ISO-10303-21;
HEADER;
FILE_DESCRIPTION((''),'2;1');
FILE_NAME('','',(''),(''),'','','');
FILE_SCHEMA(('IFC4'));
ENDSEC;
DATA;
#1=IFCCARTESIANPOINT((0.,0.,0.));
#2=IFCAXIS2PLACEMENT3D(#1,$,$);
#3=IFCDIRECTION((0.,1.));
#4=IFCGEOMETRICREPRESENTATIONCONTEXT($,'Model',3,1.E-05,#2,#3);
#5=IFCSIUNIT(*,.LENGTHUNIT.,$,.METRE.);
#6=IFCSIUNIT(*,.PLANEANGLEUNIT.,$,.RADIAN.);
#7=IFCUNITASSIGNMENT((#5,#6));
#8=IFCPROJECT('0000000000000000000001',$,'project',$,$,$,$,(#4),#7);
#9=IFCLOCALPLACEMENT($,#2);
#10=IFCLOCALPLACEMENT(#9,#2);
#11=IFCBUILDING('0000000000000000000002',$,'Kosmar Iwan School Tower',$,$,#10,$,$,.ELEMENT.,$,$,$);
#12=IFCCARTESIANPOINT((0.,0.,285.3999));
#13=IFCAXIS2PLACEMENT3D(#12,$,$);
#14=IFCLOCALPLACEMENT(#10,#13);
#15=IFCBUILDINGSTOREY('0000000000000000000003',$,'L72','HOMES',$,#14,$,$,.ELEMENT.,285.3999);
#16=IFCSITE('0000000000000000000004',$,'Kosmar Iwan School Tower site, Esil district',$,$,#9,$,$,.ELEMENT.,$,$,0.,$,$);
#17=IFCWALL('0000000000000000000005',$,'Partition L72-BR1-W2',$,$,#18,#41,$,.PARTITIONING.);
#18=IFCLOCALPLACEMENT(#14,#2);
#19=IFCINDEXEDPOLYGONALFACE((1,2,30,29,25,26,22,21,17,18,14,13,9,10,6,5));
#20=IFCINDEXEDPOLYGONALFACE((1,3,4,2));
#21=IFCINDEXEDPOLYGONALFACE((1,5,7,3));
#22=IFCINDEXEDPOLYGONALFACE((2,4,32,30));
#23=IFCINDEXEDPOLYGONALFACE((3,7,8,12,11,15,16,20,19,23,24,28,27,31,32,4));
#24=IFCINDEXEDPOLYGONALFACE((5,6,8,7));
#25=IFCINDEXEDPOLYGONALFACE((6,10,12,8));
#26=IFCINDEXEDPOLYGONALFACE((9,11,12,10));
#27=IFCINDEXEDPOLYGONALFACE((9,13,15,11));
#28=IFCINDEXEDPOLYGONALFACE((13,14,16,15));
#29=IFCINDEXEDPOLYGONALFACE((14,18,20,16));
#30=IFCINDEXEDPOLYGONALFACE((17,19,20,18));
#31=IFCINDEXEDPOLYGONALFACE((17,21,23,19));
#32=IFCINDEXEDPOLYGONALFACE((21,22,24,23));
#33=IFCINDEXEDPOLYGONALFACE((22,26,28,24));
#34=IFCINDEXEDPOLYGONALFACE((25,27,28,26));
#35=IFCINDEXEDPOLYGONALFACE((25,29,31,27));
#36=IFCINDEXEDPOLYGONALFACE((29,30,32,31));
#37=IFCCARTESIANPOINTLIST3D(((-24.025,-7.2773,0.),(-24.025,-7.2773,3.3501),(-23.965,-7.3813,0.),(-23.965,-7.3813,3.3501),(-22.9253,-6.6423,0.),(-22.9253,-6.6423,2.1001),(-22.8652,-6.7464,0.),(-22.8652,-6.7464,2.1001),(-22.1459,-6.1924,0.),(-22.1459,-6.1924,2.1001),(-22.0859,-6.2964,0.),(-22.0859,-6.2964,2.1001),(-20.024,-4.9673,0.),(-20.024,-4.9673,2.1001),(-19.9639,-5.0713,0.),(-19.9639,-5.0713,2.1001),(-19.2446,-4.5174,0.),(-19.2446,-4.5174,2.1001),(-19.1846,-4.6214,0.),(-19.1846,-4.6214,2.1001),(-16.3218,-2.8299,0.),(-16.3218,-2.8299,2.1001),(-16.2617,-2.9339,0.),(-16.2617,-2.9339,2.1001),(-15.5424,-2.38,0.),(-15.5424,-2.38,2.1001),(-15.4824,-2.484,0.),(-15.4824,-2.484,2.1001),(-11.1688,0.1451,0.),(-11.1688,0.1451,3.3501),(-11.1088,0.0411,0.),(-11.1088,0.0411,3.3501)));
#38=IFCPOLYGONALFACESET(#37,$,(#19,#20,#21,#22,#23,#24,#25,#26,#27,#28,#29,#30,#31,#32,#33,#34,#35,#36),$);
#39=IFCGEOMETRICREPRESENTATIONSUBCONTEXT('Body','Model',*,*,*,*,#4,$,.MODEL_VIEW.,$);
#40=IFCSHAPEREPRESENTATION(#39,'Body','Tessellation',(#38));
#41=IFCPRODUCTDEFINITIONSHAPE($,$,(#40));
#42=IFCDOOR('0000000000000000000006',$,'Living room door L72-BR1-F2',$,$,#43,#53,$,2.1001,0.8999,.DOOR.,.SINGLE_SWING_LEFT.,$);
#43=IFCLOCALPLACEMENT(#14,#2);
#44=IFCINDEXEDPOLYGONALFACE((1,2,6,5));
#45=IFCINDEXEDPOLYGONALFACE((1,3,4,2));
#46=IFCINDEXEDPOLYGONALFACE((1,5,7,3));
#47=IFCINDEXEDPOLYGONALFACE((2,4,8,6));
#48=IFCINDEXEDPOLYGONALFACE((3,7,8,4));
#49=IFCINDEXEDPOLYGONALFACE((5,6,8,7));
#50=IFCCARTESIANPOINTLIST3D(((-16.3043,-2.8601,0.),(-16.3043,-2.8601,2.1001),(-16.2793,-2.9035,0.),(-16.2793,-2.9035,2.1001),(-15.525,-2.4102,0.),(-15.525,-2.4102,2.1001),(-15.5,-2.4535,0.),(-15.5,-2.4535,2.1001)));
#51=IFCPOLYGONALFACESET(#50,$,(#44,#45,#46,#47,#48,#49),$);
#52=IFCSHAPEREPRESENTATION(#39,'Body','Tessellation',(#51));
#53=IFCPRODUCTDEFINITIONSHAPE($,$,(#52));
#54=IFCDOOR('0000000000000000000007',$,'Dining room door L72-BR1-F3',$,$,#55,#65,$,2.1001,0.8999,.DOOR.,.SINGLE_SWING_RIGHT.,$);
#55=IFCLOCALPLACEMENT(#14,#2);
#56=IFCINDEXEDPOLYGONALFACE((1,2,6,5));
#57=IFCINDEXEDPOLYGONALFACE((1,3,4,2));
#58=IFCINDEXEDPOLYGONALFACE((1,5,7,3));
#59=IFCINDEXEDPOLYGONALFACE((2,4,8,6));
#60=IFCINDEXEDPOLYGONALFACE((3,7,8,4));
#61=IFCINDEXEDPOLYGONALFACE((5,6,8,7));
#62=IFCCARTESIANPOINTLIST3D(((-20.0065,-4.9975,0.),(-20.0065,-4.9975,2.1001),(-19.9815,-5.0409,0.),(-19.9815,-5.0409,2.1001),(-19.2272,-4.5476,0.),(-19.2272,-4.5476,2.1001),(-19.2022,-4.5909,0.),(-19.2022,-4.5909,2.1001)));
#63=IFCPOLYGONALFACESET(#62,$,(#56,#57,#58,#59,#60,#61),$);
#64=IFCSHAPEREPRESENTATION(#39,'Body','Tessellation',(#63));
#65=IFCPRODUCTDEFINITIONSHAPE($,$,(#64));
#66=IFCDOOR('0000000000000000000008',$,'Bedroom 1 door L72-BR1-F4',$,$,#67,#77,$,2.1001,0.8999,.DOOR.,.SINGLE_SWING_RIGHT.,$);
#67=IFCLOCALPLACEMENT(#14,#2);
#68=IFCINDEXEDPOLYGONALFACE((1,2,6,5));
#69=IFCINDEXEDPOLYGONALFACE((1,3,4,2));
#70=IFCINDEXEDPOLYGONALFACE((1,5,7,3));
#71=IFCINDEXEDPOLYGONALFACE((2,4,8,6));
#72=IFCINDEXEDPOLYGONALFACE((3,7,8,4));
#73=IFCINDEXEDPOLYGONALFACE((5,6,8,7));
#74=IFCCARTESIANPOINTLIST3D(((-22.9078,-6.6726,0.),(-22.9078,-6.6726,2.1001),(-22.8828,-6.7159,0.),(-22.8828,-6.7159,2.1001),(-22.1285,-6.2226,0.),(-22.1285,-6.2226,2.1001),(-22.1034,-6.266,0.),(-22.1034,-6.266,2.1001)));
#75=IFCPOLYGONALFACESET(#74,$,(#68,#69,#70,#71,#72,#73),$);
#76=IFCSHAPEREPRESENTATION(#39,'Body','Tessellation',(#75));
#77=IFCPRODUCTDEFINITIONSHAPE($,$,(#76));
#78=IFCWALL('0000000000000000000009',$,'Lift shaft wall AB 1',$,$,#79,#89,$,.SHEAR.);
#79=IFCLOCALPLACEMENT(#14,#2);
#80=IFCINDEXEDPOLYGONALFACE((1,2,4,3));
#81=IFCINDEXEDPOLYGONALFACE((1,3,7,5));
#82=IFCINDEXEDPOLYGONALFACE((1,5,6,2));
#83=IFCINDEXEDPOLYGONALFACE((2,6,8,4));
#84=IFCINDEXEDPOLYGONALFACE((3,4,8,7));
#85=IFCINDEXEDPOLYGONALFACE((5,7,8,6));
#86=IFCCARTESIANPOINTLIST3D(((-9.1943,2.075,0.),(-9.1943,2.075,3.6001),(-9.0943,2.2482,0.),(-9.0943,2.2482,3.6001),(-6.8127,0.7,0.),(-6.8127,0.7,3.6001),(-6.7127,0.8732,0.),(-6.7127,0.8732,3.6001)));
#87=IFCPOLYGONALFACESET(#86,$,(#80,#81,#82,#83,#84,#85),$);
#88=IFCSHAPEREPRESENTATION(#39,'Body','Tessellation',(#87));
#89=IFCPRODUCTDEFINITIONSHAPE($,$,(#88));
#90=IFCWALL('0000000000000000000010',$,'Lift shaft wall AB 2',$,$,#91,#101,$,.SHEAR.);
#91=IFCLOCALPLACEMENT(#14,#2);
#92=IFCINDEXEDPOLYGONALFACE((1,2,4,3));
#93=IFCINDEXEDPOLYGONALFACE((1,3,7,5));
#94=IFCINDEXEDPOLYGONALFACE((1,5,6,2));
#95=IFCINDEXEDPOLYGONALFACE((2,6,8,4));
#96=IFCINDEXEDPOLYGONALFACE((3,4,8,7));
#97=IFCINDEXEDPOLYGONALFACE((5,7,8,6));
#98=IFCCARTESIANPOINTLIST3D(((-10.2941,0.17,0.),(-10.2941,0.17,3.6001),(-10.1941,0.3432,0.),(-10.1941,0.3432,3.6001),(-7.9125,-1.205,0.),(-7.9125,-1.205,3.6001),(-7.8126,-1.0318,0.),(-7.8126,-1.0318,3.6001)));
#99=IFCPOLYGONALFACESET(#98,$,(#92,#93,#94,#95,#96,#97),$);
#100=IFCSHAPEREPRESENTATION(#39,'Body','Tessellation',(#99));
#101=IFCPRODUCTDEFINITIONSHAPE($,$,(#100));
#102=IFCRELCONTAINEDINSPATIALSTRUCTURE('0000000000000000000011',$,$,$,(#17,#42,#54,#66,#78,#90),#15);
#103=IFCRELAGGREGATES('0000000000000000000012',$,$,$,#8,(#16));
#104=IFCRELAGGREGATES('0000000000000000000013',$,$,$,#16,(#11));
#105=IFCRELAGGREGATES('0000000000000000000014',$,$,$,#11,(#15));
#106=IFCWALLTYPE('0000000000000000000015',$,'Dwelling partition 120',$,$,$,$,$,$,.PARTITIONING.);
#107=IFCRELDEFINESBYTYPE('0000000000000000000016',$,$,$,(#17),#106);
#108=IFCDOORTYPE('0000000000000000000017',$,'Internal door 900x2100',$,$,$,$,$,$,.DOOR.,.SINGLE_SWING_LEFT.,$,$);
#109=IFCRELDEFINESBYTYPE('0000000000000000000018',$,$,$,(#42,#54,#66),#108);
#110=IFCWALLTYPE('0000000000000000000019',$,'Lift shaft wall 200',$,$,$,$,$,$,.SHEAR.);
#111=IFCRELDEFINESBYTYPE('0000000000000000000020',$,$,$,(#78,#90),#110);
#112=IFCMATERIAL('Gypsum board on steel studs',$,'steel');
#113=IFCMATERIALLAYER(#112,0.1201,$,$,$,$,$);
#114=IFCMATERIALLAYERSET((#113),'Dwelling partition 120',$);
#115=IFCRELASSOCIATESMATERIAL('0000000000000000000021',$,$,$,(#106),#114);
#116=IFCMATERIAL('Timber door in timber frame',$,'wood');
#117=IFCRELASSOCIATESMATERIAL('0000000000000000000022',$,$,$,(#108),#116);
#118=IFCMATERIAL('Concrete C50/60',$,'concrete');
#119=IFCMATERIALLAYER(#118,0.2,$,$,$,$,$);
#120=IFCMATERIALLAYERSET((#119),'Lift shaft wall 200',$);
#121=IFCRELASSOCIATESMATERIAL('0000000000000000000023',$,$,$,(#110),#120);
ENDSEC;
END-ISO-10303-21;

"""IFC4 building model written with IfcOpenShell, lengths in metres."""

from ifc_helpers import new_model, si_unit, direction, frame, frame_2d, origin, place, context, subcontext, project, spatial, rectangle, extrude, material, layer, layer_set, type_object, element, fill, save


model = new_model("IFC4")

# Units and contexts
model_context = context("Model", 3, precision=1e-05, world=origin(), true_north=direction((0.0, 1.0)))
body_context = subcontext(model_context, "Body", "Model", "MODEL_VIEW")
ifc_project = project(units=[si_unit("LENGTHUNIT", "METRE"), si_unit("PLANEANGLEUNIT", "RADIAN")], contexts=[model_context])

# Site, building, storey
site_placement = place(None, origin())
site = spatial("IfcSite", under=ifc_project, at=site_placement, Name="Kosmar Iwan School Tower site, Esil district", CompositionType="ELEMENT", RefElevation=0.0)
building_placement = place(site_placement, origin())
building = spatial("IfcBuilding", under=site, at=building_placement, Name="Kosmar Iwan School Tower", CompositionType="ELEMENT")
storey_placement = place(building_placement, frame((0.0, 0.0, 285.3999)))
storey = spatial("IfcBuildingStorey", under=building, at=storey_placement, Name="L72", Description="HOMES", CompositionType="ELEMENT", Elevation=285.3999)

# Wall, openings, doors
ifc_material_1 = material(Name="Gypsum board on steel studs", Category="steel")
ifc_layer_1 = layer(ifc_material_1, 0.1201)
ifc_layer_set_1 = layer_set([ifc_layer_1], Name="Dwelling partition 120")
wall_type_1 = type_object("IfcWallType", Name="Dwelling partition 120", PredefinedType="PARTITIONING", material=ifc_layer_set_1)
ifc_material_2 = material(Name="Timber door in timber frame", Category="wood")
door_type_1 = type_object("IfcDoorType", Name="Internal door 900x2100", OperationType="SINGLE_SWING_LEFT", PredefinedType="DOOR", material=ifc_material_2)
wall_1_placement = place(storey_placement, frame((-11.1389, 0.093, 0.0), z_axis=(0.0, 0.0, 1.0), x_axis=(-0.86603, -0.499992, 0.0)))
wall_1 = element("IfcWall", 1, at=wall_1_placement, inside=storey, type_object=wall_type_1, Name="Partition L72-BR1-W2", PredefinedType="PARTITIONING", context=body_context, shape_type="SweptSolid", body=[
    extrude(rectangle(XDim=14.845, YDim=0.1201, at=frame_2d((7.4224, 0.0))), origin(), (0.0, 0.0, 1.0), 3.3501),
])
opening_1_placement = place(wall_1_placement, frame((5.05, 0.0, 0.0)))
opening_1 = element("IfcOpeningElement", 2, at=opening_1_placement, cuts=wall_1, PredefinedType="OPENING", context=body_context, shape_type="SweptSolid", body=[
    extrude(rectangle(XDim=0.8999, YDim=2.1001, at=frame_2d((0.45, 1.05))), frame((0.0, 0.072, 0.0), z_axis=(0.0, -1.0, 0.0), x_axis=(1.0, 0.0, 0.0)), (0.0, 0.0, 1.0), 0.144),
])
opening_2_placement = place(wall_1_placement, frame((9.325, 0.0, 0.0)))
opening_2 = element("IfcOpeningElement", 3, at=opening_2_placement, cuts=wall_1, PredefinedType="OPENING", context=body_context, shape_type="SweptSolid", body=[
    extrude(rectangle(XDim=0.8999, YDim=2.1001, at=frame_2d((0.45, 1.05))), frame((0.0, 0.072, 0.0), z_axis=(0.0, -1.0, 0.0), x_axis=(1.0, 0.0, 0.0)), (0.0, 0.0, 1.0), 0.144),
])
opening_3_placement = place(wall_1_placement, frame((12.675, 0.0, 0.0)))
opening_3 = element("IfcOpeningElement", 4, at=opening_3_placement, cuts=wall_1, PredefinedType="OPENING", context=body_context, shape_type="SweptSolid", body=[
    extrude(rectangle(XDim=0.8999, YDim=2.1001, at=frame_2d((0.45, 1.05))), frame((0.0, 0.072, 0.0), z_axis=(0.0, -1.0, 0.0), x_axis=(1.0, 0.0, 0.0)), (0.0, 0.0, 1.0), 0.144),
])
door_1_placement = place(opening_1_placement, origin())
door_1 = element("IfcDoor", 5, at=door_1_placement, inside=storey, type_object=door_type_1, Name="Living room door L72-BR1-F2", OperationType="SINGLE_SWING_LEFT", OverallHeight=2.1001, OverallWidth=0.8999, PredefinedType="DOOR", context=body_context, shape_type="SweptSolid", body=[
    extrude(rectangle(XDim=0.8999, YDim=2.1001, at=frame_2d((0.45, 1.05))), frame((0.0, 0.0249, 0.0), z_axis=(0.0, -1.0, 0.0), x_axis=(1.0, 0.0, 0.0)), (0.0, 0.0, 1.0), 0.05),
])
fill(opening_1, door_1)
door_2_placement = place(opening_2_placement, origin())
door_2 = element("IfcDoor", 6, at=door_2_placement, inside=storey, type_object=door_type_1, Name="Dining room door L72-BR1-F3", OperationType="SINGLE_SWING_RIGHT", OverallHeight=2.1001, OverallWidth=0.8999, PredefinedType="DOOR", context=body_context, shape_type="SweptSolid", body=[
    extrude(rectangle(XDim=0.8999, YDim=2.1001, at=frame_2d((0.45, 1.05))), frame((0.0, 0.0249, 0.0), z_axis=(0.0, -1.0, 0.0), x_axis=(1.0, 0.0, 0.0)), (0.0, 0.0, 1.0), 0.05),
])
fill(opening_2, door_2)
door_3_placement = place(opening_3_placement, origin())
door_3 = element("IfcDoor", 7, at=door_3_placement, inside=storey, type_object=door_type_1, Name="Bedroom 1 door L72-BR1-F4", OperationType="SINGLE_SWING_RIGHT", OverallHeight=2.1001, OverallWidth=0.8999, PredefinedType="DOOR", context=body_context, shape_type="SweptSolid", body=[
    extrude(rectangle(XDim=0.8999, YDim=2.1001, at=frame_2d((0.45, 1.05))), frame((0.0, 0.0249, 0.0), z_axis=(0.0, -1.0, 0.0), x_axis=(1.0, 0.0, 0.0)), (0.0, 0.0, 1.0), 0.05),
])
fill(opening_3, door_3)

# Walls
ifc_material_3 = material(Name="Concrete C50/60", Category="concrete")
ifc_layer_2 = layer(ifc_material_3, 0.2)
ifc_layer_set_2 = layer_set([ifc_layer_2], Name="Lift shaft wall 200")
wall_type_2 = type_object("IfcWallType", Name="Lift shaft wall 200", PredefinedType="SHEAR", material=ifc_layer_set_2)
for number, where, z_axis, x_axis, name in (
    (8, (-6.7627, 0.7866, 0.0), (0.0, 0.0, 1.0), (-0.866027, 0.499997, 0.0), "Lift shaft wall AB 1"),
    (9, (-7.8625, -1.1184, 0.0), (0.0, 0.0, 1.0), (-0.866027, 0.499997, 0.0), "Lift shaft wall AB 2"),
):
    element("IfcWall", number, at=place(storey_placement, frame(where, z_axis=z_axis, x_axis=x_axis)), inside=storey, type_object=wall_type_2, Name=name, PredefinedType="SHEAR", context=body_context, shape_type="SweptSolid", body=[
        extrude(rectangle(XDim=2.75, YDim=0.2, at=frame_2d((1.375, 0.0))), origin(), (0.0, 0.0, 1.0), 3.6001),
    ])

save(model, "model.ifc")
